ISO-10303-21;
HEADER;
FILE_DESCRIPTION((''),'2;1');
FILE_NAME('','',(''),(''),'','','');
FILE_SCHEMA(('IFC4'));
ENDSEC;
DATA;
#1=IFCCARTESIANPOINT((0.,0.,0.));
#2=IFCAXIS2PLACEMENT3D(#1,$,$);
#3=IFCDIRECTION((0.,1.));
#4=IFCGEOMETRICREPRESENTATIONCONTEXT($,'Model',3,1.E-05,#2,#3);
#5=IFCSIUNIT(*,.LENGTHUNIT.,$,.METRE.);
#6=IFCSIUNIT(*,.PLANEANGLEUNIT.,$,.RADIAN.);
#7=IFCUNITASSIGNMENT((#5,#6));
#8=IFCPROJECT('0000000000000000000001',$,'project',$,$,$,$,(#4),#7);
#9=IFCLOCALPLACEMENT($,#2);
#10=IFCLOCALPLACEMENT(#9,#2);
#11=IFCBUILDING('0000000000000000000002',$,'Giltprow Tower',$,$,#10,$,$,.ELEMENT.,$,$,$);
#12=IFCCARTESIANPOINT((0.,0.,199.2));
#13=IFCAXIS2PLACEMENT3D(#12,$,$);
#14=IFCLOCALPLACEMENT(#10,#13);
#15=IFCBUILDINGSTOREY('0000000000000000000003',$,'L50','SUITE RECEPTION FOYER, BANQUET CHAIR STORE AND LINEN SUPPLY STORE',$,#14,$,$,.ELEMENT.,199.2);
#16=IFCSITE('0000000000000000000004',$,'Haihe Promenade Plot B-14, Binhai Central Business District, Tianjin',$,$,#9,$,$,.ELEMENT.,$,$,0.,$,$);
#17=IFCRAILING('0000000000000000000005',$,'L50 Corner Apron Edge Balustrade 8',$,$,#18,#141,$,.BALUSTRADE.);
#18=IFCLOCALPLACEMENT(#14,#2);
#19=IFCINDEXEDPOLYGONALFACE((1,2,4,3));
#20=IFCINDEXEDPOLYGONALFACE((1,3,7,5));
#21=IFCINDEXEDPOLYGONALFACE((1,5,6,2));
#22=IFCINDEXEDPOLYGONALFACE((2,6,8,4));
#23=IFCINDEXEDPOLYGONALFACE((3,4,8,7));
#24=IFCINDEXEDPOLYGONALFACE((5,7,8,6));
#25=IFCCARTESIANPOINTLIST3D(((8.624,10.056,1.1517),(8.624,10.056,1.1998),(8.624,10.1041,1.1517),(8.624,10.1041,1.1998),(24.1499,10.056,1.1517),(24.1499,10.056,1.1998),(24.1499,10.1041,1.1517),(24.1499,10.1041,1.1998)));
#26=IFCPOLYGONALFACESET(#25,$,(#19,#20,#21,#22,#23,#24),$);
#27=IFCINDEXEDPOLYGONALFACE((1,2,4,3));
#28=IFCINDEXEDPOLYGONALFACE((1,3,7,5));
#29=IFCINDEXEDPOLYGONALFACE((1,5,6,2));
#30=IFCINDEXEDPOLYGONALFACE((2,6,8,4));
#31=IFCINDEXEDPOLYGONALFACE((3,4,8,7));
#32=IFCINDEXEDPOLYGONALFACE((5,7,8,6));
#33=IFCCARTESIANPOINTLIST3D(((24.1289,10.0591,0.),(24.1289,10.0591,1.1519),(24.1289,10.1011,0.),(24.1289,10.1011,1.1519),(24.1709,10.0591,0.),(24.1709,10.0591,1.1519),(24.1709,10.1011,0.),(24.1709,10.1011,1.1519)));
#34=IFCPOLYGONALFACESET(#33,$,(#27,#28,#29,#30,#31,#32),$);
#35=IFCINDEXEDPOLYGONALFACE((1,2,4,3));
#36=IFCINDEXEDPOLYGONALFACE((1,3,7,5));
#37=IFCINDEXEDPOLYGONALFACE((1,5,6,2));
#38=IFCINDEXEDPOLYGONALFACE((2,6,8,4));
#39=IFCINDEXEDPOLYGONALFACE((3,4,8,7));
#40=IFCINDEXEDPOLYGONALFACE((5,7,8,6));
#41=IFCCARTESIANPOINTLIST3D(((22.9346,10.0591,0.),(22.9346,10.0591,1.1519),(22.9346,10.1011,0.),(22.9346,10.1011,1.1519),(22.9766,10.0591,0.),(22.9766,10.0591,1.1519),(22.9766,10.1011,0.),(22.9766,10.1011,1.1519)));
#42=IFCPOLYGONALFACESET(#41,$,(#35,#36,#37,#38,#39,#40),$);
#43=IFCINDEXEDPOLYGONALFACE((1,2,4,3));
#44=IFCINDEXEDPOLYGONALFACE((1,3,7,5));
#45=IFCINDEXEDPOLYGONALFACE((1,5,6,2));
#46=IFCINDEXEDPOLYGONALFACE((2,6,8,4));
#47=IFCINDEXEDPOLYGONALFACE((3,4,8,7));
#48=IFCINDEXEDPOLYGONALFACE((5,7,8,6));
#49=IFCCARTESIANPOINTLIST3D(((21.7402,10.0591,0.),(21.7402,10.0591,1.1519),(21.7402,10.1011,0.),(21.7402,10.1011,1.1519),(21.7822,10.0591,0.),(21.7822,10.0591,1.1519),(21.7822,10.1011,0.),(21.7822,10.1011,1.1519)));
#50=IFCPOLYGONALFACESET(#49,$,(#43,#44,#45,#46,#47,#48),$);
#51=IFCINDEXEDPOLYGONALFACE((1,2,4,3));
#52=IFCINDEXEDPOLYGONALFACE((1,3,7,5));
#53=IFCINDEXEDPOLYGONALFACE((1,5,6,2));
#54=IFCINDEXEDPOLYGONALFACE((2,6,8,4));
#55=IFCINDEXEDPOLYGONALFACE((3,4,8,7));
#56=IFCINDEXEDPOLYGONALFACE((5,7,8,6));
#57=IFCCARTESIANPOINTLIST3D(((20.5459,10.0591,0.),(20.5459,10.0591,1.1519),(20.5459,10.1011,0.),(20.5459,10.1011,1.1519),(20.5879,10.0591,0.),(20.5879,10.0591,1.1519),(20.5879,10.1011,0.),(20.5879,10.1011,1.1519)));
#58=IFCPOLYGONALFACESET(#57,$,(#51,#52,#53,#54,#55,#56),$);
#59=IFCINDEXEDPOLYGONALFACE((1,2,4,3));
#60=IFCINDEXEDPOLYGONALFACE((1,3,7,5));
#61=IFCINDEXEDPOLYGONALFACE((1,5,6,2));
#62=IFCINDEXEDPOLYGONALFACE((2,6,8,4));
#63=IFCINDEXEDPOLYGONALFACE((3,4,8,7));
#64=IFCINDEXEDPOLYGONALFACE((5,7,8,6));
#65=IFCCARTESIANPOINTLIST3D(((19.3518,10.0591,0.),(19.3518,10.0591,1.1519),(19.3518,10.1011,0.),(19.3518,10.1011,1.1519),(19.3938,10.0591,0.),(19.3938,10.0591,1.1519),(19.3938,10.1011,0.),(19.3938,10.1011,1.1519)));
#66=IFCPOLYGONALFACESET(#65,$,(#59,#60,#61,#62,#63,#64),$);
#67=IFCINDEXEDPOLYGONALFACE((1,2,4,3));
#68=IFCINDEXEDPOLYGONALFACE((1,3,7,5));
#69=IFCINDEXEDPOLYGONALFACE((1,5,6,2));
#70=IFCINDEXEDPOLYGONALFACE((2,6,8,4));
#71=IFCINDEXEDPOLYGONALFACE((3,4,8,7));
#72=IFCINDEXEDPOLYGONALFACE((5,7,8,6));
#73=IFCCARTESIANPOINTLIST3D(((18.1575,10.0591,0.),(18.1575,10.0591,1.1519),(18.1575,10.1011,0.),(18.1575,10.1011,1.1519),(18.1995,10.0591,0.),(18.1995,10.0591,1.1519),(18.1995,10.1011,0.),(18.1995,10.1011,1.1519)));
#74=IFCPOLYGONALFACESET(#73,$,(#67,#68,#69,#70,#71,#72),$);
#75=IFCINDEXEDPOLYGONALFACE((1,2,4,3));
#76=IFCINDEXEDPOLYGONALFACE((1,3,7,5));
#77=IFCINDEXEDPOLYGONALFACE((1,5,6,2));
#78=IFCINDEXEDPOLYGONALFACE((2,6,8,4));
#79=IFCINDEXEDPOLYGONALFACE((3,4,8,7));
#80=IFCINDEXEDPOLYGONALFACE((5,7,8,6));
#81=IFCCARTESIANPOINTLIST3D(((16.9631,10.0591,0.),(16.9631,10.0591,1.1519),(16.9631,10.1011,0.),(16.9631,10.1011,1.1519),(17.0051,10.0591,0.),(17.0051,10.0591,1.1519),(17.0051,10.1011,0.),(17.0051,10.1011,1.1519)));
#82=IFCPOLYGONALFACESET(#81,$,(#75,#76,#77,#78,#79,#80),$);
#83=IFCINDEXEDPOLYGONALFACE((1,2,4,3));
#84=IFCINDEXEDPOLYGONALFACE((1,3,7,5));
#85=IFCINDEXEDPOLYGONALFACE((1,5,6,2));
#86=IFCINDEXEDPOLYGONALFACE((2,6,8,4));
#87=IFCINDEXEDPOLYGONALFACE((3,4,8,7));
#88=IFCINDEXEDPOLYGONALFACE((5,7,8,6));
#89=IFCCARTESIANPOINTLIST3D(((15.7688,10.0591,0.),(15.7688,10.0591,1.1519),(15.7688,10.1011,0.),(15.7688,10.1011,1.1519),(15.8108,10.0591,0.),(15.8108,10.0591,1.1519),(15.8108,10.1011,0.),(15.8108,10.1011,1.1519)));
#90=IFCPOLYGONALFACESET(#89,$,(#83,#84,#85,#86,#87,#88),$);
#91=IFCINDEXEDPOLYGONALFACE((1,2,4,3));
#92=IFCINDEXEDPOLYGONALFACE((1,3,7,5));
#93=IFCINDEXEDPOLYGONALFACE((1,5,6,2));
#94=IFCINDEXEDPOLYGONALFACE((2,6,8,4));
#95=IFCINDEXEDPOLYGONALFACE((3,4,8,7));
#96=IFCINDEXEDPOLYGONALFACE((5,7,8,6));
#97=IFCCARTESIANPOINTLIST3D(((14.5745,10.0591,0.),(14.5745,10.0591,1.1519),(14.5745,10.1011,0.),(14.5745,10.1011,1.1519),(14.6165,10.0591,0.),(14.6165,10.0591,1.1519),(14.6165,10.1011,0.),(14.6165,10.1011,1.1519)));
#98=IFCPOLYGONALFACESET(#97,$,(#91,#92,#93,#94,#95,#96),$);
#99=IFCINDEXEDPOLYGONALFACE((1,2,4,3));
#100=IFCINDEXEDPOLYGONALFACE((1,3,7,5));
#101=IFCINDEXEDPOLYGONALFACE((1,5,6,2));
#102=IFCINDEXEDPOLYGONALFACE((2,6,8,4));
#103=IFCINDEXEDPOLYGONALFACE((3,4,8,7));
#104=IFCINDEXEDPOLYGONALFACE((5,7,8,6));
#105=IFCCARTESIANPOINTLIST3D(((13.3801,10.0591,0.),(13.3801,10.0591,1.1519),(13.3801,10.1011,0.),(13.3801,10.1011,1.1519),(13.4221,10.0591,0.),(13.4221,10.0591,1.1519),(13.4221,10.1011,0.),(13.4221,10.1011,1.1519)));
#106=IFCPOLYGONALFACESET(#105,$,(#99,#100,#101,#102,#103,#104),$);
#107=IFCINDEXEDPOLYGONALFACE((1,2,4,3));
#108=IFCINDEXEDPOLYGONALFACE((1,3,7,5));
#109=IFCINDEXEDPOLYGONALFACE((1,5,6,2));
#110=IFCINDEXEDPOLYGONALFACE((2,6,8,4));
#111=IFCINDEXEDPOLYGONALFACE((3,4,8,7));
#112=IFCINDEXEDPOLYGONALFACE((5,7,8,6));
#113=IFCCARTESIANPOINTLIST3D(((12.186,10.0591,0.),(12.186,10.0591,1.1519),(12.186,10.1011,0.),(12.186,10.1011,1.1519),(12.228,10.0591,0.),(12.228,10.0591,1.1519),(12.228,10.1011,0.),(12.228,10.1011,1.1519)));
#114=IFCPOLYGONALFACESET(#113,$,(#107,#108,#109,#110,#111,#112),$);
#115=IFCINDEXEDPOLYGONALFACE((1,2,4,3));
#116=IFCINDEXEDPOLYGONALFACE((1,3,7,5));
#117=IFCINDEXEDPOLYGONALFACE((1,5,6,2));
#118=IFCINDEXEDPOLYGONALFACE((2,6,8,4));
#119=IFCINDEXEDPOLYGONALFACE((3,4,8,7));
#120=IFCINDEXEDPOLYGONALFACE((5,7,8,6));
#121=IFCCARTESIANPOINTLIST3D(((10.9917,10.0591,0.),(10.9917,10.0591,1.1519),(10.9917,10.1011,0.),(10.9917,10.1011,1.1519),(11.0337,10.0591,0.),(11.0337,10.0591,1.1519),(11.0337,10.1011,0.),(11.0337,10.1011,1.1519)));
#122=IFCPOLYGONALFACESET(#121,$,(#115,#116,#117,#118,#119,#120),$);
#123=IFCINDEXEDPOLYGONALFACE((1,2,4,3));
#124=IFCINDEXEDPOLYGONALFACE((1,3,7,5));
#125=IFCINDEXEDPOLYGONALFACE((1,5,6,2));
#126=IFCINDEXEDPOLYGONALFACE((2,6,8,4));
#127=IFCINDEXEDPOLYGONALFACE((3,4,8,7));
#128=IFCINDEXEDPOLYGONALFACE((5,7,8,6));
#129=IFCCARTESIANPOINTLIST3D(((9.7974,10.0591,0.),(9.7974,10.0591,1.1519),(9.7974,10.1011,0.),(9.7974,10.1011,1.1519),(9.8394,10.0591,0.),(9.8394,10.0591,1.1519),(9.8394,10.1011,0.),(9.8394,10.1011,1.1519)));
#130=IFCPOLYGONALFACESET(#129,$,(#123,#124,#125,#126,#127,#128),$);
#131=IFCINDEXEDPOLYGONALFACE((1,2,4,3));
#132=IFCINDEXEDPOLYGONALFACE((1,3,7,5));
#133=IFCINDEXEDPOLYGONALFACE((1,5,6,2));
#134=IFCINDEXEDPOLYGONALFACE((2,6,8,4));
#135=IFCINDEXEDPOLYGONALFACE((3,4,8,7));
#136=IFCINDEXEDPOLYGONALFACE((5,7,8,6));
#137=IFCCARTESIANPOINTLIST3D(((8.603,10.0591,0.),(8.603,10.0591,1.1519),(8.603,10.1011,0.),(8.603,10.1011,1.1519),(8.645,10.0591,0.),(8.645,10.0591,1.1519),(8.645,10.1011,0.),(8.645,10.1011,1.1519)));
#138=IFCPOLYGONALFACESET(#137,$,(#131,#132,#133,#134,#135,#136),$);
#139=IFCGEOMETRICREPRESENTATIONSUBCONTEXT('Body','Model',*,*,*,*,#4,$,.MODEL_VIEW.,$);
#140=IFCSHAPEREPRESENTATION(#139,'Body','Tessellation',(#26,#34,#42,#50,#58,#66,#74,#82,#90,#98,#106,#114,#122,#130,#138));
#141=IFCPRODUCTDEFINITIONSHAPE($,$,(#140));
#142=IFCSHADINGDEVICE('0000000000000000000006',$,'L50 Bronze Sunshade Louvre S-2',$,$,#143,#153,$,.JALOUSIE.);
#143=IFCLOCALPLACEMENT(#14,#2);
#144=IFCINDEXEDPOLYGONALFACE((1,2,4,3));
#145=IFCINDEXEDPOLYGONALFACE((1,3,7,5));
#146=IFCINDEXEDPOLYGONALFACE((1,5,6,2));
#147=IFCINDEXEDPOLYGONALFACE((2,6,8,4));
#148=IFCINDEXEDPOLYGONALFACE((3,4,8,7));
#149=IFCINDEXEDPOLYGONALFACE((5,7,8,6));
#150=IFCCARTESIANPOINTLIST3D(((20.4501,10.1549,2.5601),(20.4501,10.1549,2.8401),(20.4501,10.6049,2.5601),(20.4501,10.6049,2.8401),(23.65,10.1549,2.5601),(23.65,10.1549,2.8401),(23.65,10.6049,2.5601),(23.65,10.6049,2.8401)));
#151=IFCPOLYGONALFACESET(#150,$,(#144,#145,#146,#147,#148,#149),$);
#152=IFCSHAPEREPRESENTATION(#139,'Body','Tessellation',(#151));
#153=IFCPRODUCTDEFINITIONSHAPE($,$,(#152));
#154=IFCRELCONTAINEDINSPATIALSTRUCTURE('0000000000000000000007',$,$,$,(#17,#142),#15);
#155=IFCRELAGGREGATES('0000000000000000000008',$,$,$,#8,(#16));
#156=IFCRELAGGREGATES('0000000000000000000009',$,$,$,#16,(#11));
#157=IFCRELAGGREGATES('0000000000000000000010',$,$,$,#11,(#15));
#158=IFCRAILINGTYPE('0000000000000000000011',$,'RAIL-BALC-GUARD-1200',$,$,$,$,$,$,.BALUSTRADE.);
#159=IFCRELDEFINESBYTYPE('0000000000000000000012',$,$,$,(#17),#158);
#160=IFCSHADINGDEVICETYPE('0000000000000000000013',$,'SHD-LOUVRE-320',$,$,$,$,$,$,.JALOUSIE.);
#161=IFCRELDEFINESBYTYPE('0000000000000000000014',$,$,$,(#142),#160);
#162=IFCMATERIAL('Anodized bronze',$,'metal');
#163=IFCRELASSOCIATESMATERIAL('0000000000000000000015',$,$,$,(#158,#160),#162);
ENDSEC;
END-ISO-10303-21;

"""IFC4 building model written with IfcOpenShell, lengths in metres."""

from ifc_helpers import new_model, si_unit, direction, frame, origin, origin_2d, place, context, subcontext, project, spatial, rectangle, extrude, source, transform, mapped, material, type_object, element, save


model = new_model("IFC4")

# Units and contexts
model_context = context("Model", 3, precision=1e-05, world=origin(), true_north=direction((0.0, 1.0)))
body_context = subcontext(model_context, "Body", "Model", "MODEL_VIEW")
ifc_project = project(units=[si_unit("LENGTHUNIT", "METRE"), si_unit("PLANEANGLEUNIT", "RADIAN")], contexts=[model_context])

# Site, building, storey
site_placement = place(None, origin())
site = spatial("IfcSite", under=ifc_project, at=site_placement, Name="Haihe Promenade Plot B-14, Binhai Central Business District, Tianjin", CompositionType="ELEMENT", RefElevation=0.0)
building_placement = place(site_placement, origin())
building = spatial("IfcBuilding", under=site, at=building_placement, Name="Giltprow Tower", CompositionType="ELEMENT")
storey_placement = place(building_placement, frame((0.0, 0.0, 199.2)))
storey = spatial("IfcBuildingStorey", under=building, at=storey_placement, Name="L50", Description="SUITE RECEPTION FOYER, BANQUET CHAIR STORE AND LINEN SUPPLY STORE", CompositionType="ELEMENT", Elevation=199.2)

# Railing
ifc_material_1 = material(Name="Anodized bronze", Category="metal")
railing_type = type_object("IfcRailingType", Name="RAIL-BALC-GUARD-1200", PredefinedType="BALUSTRADE", material=ifc_material_1)
railing_1_placement = place(storey_placement, frame((24.1499, 10.0801, 0.0)))
element("IfcRailing", 1, at=railing_1_placement, inside=storey, type_object=railing_type, Name="L50 Corner Apron Edge Balustrade 8", PredefinedType="BALUSTRADE", context=body_context, shape_type="SweptSolid", body=[
    extrude(rectangle(XDim=0.0481, YDim=0.0481, at=origin_2d()), frame((0.0, 0.0, 1.1758), z_axis=(-1.0, 0.0, 0.0), x_axis=(0.0, -1.0, 0.0)), (0.0, 0.0, 1.0), 15.5259),
    extrude(rectangle(XDim=0.042, YDim=0.042, at=origin_2d()), origin(), (0.0, 0.0, 1.0), 1.1519),
    extrude(rectangle(XDim=0.042, YDim=0.042, at=origin_2d()), frame((-1.1943, 0.0, 0.0)), (0.0, 0.0, 1.0), 1.1519),
    extrude(rectangle(XDim=0.042, YDim=0.042, at=origin_2d()), frame((-2.3887, 0.0, 0.0)), (0.0, 0.0, 1.0), 1.1519),
    extrude(rectangle(XDim=0.042, YDim=0.042, at=origin_2d()), frame((-3.583, 0.0, 0.0)), (0.0, 0.0, 1.0), 1.1519),
    extrude(rectangle(XDim=0.042, YDim=0.042, at=origin_2d()), frame((-4.7771, 0.0, 0.0)), (0.0, 0.0, 1.0), 1.1519),
    extrude(rectangle(XDim=0.042, YDim=0.042, at=origin_2d()), frame((-5.9714, 0.0, 0.0)), (0.0, 0.0, 1.0), 1.1519),
    extrude(rectangle(XDim=0.042, YDim=0.042, at=origin_2d()), frame((-7.1658, 0.0, 0.0)), (0.0, 0.0, 1.0), 1.1519),
    extrude(rectangle(XDim=0.042, YDim=0.042, at=origin_2d()), frame((-8.3601, 0.0, 0.0)), (0.0, 0.0, 1.0), 1.1519),
    extrude(rectangle(XDim=0.042, YDim=0.042, at=origin_2d()), frame((-9.5544, 0.0, 0.0)), (0.0, 0.0, 1.0), 1.1519),
    extrude(rectangle(XDim=0.042, YDim=0.042, at=origin_2d()), frame((-10.7488, 0.0, 0.0)), (0.0, 0.0, 1.0), 1.1519),
    extrude(rectangle(XDim=0.042, YDim=0.042, at=origin_2d()), frame((-11.9429, 0.0, 0.0)), (0.0, 0.0, 1.0), 1.1519),
    extrude(rectangle(XDim=0.042, YDim=0.042, at=origin_2d()), frame((-13.1372, 0.0, 0.0)), (0.0, 0.0, 1.0), 1.1519),
    extrude(rectangle(XDim=0.042, YDim=0.042, at=origin_2d()), frame((-14.3315, 0.0, 0.0)), (0.0, 0.0, 1.0), 1.1519),
    extrude(rectangle(XDim=0.042, YDim=0.042, at=origin_2d()), frame((-15.5259, 0.0, 0.0)), (0.0, 0.0, 1.0), 1.1519),
])

# Shading device
shading_device_type = type_object("IfcShadingDeviceType", Name="SHD-LOUVRE-320", PredefinedType="JALOUSIE", material=ifc_material_1)
shared_shape_1 = source(origin(), body_context, "Body", "SweptSolid", [
    extrude(rectangle(XDim=3.2, YDim=0.45, at=origin_2d()), origin(), (0.0, 0.0, 1.0), 0.28),
])
shading_device_placement = place(storey_placement, frame((22.05, 10.3799, 2.5601), z_axis=(0.0, 0.0, 1.0), x_axis=(1.0, 0.0, 0.0)))
element("IfcShadingDevice", 2, at=shading_device_placement, inside=storey, type_object=shading_device_type, Name="L50 Bronze Sunshade Louvre S-2", PredefinedType="JALOUSIE", context=body_context, shape_type="MappedRepresentation", body=[
    mapped(shared_shape_1, transform((0.0, 0.0, 0.0), x_axis=(1.0, 0.0, 0.0), y_axis=(0.0, 1.0, 0.0), z_axis=(0.0, 0.0, 1.0), scale=1.0)),
])

save(model, "model.ifc")
